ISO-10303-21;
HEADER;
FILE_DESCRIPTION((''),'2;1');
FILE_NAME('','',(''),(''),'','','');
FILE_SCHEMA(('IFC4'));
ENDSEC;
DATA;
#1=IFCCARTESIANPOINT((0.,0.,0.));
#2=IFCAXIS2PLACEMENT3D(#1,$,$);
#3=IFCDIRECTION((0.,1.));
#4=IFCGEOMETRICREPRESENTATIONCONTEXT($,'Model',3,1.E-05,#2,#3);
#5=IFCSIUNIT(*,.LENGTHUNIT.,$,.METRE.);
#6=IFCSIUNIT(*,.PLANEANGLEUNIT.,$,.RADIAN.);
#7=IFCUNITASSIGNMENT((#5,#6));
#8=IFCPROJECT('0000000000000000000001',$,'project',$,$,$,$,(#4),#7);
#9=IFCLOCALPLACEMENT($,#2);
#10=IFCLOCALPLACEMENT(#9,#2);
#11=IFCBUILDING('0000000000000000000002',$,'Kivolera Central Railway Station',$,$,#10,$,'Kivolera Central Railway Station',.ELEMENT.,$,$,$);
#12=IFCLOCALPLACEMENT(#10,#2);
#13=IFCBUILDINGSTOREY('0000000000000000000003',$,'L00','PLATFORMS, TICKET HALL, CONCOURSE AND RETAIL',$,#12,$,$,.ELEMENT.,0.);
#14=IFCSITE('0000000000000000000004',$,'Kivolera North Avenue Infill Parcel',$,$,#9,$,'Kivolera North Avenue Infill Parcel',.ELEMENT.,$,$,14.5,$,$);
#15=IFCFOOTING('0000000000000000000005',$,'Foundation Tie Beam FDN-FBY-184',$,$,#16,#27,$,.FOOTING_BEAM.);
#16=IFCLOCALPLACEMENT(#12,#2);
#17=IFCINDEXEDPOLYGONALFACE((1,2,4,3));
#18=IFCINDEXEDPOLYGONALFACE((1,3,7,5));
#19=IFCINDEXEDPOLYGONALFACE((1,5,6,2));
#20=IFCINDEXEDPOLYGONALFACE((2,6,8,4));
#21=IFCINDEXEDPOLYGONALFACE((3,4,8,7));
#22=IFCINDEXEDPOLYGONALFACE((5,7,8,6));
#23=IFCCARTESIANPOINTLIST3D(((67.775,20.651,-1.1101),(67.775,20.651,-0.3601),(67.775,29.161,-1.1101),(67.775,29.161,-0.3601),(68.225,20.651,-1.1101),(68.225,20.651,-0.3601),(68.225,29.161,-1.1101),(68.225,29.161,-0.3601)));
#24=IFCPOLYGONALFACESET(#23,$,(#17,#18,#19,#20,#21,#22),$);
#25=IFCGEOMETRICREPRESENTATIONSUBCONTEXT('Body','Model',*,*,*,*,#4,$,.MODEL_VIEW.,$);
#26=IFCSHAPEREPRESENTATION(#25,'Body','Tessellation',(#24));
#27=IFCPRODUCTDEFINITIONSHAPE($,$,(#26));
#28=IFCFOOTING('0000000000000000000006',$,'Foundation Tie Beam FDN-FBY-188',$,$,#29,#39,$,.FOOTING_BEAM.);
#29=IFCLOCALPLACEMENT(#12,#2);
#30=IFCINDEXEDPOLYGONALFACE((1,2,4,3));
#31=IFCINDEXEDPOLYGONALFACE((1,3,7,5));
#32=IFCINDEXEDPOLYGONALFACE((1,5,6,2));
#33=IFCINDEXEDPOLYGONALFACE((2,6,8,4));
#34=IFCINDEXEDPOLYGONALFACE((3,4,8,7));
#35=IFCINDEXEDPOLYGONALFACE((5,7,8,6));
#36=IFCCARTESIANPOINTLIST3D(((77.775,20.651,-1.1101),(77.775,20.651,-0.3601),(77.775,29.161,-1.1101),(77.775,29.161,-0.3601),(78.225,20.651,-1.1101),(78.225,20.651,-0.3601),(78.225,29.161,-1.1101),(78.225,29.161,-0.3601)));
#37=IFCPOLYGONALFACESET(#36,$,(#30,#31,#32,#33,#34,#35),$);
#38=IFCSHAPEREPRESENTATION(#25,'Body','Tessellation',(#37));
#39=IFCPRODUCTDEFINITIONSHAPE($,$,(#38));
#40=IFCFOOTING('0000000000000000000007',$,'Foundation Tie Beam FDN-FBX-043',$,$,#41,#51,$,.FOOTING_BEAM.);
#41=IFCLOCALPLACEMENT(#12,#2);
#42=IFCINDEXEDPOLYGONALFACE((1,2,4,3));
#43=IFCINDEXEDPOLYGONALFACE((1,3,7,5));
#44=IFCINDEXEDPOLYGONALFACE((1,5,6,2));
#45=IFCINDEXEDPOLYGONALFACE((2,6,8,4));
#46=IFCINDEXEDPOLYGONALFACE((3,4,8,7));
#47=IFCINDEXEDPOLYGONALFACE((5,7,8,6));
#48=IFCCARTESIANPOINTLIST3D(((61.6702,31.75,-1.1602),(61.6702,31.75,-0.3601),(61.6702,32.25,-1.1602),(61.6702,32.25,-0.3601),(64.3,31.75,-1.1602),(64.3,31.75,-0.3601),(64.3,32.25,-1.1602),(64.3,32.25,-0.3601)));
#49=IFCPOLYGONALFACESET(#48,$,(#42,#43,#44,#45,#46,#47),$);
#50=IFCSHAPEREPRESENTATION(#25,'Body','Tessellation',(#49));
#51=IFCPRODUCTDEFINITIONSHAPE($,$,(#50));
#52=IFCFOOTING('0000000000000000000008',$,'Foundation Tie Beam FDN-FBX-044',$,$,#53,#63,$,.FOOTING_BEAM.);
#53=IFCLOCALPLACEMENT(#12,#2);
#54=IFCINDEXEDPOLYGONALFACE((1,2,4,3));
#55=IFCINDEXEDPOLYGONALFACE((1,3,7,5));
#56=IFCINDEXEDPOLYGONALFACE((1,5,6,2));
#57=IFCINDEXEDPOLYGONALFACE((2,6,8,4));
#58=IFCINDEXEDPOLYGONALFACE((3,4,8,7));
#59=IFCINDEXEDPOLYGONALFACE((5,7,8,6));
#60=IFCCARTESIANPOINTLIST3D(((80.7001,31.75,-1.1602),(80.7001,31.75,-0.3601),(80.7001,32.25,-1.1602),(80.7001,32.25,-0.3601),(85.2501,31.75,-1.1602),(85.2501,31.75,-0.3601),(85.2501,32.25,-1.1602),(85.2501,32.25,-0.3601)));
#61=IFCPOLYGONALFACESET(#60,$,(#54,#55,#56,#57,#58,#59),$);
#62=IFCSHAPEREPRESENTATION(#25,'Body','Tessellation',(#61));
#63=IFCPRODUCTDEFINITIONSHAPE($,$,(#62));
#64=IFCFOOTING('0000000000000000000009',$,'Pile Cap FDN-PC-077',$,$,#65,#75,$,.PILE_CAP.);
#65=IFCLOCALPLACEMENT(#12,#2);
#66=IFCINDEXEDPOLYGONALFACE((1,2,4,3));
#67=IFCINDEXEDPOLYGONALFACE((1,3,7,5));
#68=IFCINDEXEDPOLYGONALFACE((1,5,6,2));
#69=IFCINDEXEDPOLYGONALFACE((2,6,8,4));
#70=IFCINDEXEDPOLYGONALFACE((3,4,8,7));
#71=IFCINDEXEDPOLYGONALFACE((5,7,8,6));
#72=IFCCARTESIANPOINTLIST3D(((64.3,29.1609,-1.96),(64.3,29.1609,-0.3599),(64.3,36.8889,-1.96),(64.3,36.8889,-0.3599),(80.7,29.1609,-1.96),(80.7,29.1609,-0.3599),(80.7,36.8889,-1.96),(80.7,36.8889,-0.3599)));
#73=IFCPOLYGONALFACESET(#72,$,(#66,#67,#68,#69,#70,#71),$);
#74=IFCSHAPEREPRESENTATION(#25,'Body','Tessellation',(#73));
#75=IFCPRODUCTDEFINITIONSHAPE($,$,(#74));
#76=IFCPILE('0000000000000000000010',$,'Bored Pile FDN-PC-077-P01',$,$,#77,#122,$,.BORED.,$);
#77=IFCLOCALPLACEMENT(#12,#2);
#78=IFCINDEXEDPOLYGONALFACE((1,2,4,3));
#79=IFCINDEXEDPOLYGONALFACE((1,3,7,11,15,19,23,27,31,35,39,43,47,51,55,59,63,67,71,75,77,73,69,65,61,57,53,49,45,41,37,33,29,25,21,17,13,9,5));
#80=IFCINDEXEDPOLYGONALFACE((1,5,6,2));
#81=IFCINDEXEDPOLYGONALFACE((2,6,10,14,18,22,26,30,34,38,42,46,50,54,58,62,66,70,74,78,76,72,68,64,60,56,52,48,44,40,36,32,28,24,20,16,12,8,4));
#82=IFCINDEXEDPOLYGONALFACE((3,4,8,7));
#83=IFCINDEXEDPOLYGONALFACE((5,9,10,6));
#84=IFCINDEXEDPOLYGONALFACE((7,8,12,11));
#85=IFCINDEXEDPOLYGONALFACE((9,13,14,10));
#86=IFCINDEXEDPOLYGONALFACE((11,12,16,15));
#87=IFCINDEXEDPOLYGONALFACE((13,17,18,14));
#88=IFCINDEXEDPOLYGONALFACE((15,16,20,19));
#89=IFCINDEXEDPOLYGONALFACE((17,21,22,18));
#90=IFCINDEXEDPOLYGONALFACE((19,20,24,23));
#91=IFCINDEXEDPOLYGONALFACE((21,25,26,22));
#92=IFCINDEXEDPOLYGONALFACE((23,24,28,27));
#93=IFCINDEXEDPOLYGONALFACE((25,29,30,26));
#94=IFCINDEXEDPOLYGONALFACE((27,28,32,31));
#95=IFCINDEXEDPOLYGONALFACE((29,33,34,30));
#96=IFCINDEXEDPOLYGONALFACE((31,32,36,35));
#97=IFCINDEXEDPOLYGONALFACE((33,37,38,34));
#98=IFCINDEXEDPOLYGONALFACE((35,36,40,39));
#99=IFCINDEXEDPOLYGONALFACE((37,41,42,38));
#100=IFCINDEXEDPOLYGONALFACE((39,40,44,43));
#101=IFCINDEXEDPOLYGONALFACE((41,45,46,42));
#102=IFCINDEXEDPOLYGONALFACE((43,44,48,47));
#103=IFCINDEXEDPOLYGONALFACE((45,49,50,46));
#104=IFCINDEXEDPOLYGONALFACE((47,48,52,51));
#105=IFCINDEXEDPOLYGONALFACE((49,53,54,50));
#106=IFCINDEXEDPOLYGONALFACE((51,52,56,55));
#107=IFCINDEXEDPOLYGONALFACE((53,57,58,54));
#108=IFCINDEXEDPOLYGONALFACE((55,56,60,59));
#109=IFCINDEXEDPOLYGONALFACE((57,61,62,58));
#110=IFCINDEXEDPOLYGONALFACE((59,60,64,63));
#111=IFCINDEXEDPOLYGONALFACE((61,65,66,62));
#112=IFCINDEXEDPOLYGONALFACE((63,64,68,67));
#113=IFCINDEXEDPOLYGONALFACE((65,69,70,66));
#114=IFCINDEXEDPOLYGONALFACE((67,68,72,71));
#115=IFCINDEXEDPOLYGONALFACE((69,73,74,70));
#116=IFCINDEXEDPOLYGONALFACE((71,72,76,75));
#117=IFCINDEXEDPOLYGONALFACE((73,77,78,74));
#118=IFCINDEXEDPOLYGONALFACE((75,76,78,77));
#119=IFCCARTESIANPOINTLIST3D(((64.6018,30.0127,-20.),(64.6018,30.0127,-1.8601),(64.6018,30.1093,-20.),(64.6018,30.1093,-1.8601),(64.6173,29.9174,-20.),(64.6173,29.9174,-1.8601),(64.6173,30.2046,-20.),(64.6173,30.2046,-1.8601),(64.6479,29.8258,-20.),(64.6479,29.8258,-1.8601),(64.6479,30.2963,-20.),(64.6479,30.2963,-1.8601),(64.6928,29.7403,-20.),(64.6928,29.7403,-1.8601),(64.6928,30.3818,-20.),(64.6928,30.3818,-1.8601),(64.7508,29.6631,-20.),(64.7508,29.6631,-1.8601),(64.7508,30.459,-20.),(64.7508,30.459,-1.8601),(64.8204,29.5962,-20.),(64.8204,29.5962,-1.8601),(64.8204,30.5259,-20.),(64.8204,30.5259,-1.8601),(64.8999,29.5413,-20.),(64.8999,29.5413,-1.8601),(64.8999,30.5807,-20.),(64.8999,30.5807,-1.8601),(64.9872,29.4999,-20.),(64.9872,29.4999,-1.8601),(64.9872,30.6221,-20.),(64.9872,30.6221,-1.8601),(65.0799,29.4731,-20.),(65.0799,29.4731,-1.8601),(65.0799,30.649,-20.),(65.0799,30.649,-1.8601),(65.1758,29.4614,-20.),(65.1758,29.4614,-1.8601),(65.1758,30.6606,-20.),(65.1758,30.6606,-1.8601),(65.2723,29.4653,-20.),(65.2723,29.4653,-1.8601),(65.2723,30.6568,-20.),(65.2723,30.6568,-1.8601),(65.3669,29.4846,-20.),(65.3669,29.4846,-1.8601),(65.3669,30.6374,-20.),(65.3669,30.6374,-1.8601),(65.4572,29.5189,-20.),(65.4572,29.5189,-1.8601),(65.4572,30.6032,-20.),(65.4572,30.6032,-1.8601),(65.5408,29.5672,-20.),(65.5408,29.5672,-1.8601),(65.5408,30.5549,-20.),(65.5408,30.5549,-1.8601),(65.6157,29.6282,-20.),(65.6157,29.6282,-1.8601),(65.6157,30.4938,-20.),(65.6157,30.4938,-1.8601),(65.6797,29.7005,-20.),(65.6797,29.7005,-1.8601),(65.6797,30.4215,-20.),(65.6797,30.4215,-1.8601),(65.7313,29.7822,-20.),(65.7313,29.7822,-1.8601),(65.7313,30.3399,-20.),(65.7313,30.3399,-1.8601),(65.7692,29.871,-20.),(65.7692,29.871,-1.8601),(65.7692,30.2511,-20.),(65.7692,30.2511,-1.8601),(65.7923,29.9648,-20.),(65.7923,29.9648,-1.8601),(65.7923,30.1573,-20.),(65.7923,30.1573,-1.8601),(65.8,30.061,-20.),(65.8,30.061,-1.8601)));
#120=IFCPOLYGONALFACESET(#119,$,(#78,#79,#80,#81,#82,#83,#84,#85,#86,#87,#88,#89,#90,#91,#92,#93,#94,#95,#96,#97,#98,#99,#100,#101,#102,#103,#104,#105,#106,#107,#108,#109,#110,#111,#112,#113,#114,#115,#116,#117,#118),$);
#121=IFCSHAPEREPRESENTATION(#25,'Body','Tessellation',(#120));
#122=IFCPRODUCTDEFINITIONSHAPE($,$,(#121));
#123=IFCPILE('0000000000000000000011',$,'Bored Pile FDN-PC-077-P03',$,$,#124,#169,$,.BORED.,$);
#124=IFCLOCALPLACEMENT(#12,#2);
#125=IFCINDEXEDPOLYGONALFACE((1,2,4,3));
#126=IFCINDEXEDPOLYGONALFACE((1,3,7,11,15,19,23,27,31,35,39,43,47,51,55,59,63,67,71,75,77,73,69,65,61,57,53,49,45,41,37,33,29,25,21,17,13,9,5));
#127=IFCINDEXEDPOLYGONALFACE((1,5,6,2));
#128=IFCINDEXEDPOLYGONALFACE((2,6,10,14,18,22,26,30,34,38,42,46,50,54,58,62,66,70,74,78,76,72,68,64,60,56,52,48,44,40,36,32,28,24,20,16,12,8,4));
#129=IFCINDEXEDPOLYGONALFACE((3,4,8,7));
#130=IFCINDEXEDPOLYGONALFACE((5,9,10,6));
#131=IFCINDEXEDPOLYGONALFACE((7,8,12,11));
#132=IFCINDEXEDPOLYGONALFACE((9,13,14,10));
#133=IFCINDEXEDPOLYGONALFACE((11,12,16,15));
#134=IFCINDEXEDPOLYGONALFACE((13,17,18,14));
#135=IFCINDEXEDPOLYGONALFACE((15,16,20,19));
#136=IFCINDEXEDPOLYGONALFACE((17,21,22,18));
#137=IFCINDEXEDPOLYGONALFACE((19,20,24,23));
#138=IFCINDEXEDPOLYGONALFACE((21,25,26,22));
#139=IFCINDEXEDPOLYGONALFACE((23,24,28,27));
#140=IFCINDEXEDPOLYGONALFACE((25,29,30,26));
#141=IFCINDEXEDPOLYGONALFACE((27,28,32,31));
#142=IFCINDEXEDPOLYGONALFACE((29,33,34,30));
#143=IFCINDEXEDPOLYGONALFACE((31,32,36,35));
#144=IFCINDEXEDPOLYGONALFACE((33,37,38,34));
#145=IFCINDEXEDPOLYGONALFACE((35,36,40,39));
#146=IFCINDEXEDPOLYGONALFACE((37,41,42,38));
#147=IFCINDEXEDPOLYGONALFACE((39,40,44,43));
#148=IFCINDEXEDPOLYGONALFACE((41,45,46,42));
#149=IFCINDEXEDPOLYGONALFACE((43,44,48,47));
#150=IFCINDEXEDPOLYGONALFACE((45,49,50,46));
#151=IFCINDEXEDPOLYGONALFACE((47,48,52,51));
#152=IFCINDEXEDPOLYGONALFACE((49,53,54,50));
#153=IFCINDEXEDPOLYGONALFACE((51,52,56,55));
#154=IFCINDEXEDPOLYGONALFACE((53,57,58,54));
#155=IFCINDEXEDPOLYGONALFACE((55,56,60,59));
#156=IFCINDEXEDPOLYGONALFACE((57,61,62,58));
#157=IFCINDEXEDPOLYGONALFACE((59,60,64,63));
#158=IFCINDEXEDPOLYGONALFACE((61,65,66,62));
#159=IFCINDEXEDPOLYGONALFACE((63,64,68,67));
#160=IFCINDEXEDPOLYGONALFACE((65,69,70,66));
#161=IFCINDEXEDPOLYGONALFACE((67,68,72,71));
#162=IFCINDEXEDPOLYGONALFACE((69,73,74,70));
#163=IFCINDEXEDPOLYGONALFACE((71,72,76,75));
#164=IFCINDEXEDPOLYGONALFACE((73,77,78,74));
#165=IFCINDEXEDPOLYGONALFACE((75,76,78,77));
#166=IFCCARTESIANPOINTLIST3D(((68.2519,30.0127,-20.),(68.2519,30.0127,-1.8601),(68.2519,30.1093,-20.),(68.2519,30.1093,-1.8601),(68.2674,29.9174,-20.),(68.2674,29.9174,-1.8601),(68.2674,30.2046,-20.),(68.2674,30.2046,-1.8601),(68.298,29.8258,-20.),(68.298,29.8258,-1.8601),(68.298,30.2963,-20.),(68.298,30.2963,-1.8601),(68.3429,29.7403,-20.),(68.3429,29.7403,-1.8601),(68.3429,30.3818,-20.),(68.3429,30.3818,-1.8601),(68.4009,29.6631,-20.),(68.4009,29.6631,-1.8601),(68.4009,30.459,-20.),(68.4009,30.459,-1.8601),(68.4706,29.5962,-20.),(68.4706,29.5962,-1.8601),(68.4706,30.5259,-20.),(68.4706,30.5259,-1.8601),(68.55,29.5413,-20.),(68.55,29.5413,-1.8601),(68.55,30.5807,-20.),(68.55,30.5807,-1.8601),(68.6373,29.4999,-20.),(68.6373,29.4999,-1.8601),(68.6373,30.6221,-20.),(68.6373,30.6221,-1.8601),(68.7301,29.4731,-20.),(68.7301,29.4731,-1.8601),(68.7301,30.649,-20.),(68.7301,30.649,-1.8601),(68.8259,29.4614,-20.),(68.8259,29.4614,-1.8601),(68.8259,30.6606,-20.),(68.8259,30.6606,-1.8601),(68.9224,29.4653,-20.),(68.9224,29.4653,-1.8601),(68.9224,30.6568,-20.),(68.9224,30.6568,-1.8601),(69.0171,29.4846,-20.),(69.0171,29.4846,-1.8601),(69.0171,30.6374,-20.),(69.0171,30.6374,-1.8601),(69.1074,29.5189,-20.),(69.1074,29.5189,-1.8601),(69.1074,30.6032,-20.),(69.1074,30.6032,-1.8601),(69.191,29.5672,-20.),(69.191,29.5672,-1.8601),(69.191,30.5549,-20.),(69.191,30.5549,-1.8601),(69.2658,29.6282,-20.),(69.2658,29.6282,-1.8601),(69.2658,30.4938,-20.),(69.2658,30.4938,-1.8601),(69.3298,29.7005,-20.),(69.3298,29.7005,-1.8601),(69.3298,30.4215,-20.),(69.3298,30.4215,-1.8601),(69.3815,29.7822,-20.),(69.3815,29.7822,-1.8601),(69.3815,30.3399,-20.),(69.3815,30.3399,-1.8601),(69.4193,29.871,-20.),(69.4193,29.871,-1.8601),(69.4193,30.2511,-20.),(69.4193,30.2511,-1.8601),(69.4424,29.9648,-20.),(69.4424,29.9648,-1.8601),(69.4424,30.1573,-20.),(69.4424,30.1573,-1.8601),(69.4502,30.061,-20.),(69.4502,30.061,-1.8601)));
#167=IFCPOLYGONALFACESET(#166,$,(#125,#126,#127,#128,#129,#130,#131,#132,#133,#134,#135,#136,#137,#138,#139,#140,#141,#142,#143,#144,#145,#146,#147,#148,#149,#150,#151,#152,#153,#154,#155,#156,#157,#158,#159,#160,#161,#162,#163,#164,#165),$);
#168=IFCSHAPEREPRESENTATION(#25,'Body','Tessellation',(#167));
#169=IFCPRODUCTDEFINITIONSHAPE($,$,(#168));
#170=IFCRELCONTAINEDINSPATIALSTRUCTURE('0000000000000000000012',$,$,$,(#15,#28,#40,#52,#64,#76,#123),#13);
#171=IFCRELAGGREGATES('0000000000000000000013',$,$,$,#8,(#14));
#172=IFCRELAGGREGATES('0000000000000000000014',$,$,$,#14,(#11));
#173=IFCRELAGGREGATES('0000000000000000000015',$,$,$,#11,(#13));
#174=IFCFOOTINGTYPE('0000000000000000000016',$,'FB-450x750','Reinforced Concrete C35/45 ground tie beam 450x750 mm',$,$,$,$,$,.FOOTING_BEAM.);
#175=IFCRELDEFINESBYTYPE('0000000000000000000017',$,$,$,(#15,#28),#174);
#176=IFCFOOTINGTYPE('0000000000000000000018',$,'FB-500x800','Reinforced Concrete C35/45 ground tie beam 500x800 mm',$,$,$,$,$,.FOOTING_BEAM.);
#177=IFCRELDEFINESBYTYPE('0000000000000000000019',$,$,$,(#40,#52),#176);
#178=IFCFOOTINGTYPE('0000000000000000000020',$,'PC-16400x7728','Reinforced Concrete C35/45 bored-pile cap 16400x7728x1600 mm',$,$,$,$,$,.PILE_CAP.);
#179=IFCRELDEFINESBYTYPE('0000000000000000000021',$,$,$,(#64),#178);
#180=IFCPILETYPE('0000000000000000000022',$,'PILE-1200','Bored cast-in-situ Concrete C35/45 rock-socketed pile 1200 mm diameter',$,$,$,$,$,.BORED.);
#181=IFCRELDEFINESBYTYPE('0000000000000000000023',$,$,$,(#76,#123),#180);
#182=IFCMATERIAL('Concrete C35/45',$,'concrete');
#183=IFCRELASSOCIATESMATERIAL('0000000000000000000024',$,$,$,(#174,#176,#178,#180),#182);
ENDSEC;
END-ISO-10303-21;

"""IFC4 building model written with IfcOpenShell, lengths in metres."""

from ifc_helpers import new_model, si_unit, direction, frame, origin, origin_2d, place, context, subcontext, project, spatial, rectangle, circle, extrude, material, material_profile, profile_set, type_object, element, save


model = new_model("IFC4")

# Units and contexts
model_context = context("Model", 3, precision=1e-05, world=origin(), true_north=direction((0.0, 1.0)))
body_context = subcontext(model_context, "Body", "Model", "MODEL_VIEW")
ifc_project = project(units=[si_unit("LENGTHUNIT", "METRE"), si_unit("PLANEANGLEUNIT", "RADIAN")], contexts=[model_context])

# Site, building, storey
site_placement = place(None, origin())
site = spatial("IfcSite", under=ifc_project, at=site_placement, Name="Kivolera North Avenue Infill Parcel", LongName="Kivolera North Avenue Infill Parcel", CompositionType="ELEMENT", RefElevation=14.5)
building_placement = place(site_placement, origin())
building = spatial("IfcBuilding", under=site, at=building_placement, Name="Kivolera Central Railway Station", LongName="Kivolera Central Railway Station", CompositionType="ELEMENT")
storey_placement = place(building_placement, origin())
storey = spatial("IfcBuildingStorey", under=building, at=storey_placement, Name="L00", Description="PLATFORMS, TICKET HALL, CONCOURSE AND RETAIL", CompositionType="ELEMENT", Elevation=0.0)

# Footings
ifc_material_1 = material(Name="Concrete C35/45", Category="concrete")
footing_type_1 = type_object("IfcFootingType", Name="FB-450x750", Description="Reinforced Concrete C35/45 ground tie beam 450x750 mm", PredefinedType="FOOTING_BEAM", material=ifc_material_1)
for number, where, z_axis, x_axis, name in (
    (1, (68.0, 24.906, -1.1101), (0.0, 0.0, 1.0), (1.0, 0.0, 0.0), "Foundation Tie Beam FDN-FBY-184"),
    (2, (78.0, 24.906, -1.1101), (0.0, 0.0, 1.0), (1.0, 0.0, 0.0), "Foundation Tie Beam FDN-FBY-188"),
):
    element("IfcFooting", number, at=place(storey_placement, frame(where, z_axis=z_axis, x_axis=x_axis)), inside=storey, type_object=footing_type_1, Name=name, PredefinedType="FOOTING_BEAM", context=body_context, shape_type="SweptSolid", body=[
        extrude(rectangle(XDim=0.45, YDim=8.51, at=origin_2d()), origin(), (0.0, 0.0, 1.0), 0.75),
    ])
footing_type_2 = type_object("IfcFootingType", Name="FB-500x800", Description="Reinforced Concrete C35/45 ground tie beam 500x800 mm", PredefinedType="FOOTING_BEAM", material=ifc_material_1)
footing_1_placement = place(storey_placement, frame((62.9851, 32.0, -1.1602), z_axis=(0.0, 0.0, 1.0), x_axis=(1.0, 0.0, 0.0)))
element("IfcFooting", 3, at=footing_1_placement, inside=storey, type_object=footing_type_2, Name="Foundation Tie Beam FDN-FBX-043", PredefinedType="FOOTING_BEAM", context=body_context, shape_type="SweptSolid", body=[
    extrude(rectangle(XDim=2.6299, YDim=0.5, at=origin_2d()), origin(), (0.0, 0.0, 1.0), 0.8),
])
footing_2_placement = place(storey_placement, frame((82.9751, 32.0, -1.1602), z_axis=(0.0, 0.0, 1.0), x_axis=(1.0, 0.0, 0.0)))
element("IfcFooting", 4, at=footing_2_placement, inside=storey, type_object=footing_type_2, Name="Foundation Tie Beam FDN-FBX-044", PredefinedType="FOOTING_BEAM", context=body_context, shape_type="SweptSolid", body=[
    extrude(rectangle(XDim=4.55, YDim=0.5, at=origin_2d()), origin(), (0.0, 0.0, 1.0), 0.8),
])
footing_type_3 = type_object("IfcFootingType", Name="PC-16400x7728", Description="Reinforced Concrete C35/45 bored-pile cap 16400x7728x1600 mm", PredefinedType="PILE_CAP", material=ifc_material_1)
footing_3_placement = place(storey_placement, frame((72.5, 33.0249, -1.96), z_axis=(0.0, 0.0, 1.0), x_axis=(1.0, 0.0, 0.0)))
element("IfcFooting", 5, at=footing_3_placement, inside=storey, type_object=footing_type_3, Name="Pile Cap FDN-PC-077", PredefinedType="PILE_CAP", context=body_context, shape_type="SweptSolid", body=[
    extrude(rectangle(XDim=16.3999, YDim=7.728, at=origin_2d()), origin(), (0.0, 0.0, 1.0), 1.6001),
])

# Piles
ifc_material_profile_1 = material_profile(ifc_material_1, circle(Radius=0.6001, at=origin_2d()), Name="PILE D1200")
ifc_profile_set_1 = profile_set([ifc_material_profile_1], Name="Concrete C35/45")
pile_type = type_object("IfcPileType", Name="PILE-1200", Description="Bored cast-in-situ Concrete C35/45 rock-socketed pile 1200 mm diameter", PredefinedType="BORED", material=ifc_profile_set_1)
for number, where, z_axis, x_axis, name in (
    (6, (65.2, 30.061, -1.8601), (0.0, 0.0, -1.0), (1.0, 0.0, 0.0), "Bored Pile FDN-PC-077-P01"),
    (7, (68.8501, 30.061, -1.8601), (0.0, 0.0, -1.0), (1.0, 0.0, 0.0), "Bored Pile FDN-PC-077-P03"),
):
    element("IfcPile", number, at=place(storey_placement, frame(where, z_axis=z_axis, x_axis=x_axis)), inside=storey, type_object=pile_type, Name=name, PredefinedType="BORED", context=body_context, shape_type="SweptSolid", body=[
        extrude(circle(Radius=0.6001, at=origin_2d()), origin(), (0.0, 0.0, 1.0), 18.1399),
    ])

save(model, "model.ifc")
